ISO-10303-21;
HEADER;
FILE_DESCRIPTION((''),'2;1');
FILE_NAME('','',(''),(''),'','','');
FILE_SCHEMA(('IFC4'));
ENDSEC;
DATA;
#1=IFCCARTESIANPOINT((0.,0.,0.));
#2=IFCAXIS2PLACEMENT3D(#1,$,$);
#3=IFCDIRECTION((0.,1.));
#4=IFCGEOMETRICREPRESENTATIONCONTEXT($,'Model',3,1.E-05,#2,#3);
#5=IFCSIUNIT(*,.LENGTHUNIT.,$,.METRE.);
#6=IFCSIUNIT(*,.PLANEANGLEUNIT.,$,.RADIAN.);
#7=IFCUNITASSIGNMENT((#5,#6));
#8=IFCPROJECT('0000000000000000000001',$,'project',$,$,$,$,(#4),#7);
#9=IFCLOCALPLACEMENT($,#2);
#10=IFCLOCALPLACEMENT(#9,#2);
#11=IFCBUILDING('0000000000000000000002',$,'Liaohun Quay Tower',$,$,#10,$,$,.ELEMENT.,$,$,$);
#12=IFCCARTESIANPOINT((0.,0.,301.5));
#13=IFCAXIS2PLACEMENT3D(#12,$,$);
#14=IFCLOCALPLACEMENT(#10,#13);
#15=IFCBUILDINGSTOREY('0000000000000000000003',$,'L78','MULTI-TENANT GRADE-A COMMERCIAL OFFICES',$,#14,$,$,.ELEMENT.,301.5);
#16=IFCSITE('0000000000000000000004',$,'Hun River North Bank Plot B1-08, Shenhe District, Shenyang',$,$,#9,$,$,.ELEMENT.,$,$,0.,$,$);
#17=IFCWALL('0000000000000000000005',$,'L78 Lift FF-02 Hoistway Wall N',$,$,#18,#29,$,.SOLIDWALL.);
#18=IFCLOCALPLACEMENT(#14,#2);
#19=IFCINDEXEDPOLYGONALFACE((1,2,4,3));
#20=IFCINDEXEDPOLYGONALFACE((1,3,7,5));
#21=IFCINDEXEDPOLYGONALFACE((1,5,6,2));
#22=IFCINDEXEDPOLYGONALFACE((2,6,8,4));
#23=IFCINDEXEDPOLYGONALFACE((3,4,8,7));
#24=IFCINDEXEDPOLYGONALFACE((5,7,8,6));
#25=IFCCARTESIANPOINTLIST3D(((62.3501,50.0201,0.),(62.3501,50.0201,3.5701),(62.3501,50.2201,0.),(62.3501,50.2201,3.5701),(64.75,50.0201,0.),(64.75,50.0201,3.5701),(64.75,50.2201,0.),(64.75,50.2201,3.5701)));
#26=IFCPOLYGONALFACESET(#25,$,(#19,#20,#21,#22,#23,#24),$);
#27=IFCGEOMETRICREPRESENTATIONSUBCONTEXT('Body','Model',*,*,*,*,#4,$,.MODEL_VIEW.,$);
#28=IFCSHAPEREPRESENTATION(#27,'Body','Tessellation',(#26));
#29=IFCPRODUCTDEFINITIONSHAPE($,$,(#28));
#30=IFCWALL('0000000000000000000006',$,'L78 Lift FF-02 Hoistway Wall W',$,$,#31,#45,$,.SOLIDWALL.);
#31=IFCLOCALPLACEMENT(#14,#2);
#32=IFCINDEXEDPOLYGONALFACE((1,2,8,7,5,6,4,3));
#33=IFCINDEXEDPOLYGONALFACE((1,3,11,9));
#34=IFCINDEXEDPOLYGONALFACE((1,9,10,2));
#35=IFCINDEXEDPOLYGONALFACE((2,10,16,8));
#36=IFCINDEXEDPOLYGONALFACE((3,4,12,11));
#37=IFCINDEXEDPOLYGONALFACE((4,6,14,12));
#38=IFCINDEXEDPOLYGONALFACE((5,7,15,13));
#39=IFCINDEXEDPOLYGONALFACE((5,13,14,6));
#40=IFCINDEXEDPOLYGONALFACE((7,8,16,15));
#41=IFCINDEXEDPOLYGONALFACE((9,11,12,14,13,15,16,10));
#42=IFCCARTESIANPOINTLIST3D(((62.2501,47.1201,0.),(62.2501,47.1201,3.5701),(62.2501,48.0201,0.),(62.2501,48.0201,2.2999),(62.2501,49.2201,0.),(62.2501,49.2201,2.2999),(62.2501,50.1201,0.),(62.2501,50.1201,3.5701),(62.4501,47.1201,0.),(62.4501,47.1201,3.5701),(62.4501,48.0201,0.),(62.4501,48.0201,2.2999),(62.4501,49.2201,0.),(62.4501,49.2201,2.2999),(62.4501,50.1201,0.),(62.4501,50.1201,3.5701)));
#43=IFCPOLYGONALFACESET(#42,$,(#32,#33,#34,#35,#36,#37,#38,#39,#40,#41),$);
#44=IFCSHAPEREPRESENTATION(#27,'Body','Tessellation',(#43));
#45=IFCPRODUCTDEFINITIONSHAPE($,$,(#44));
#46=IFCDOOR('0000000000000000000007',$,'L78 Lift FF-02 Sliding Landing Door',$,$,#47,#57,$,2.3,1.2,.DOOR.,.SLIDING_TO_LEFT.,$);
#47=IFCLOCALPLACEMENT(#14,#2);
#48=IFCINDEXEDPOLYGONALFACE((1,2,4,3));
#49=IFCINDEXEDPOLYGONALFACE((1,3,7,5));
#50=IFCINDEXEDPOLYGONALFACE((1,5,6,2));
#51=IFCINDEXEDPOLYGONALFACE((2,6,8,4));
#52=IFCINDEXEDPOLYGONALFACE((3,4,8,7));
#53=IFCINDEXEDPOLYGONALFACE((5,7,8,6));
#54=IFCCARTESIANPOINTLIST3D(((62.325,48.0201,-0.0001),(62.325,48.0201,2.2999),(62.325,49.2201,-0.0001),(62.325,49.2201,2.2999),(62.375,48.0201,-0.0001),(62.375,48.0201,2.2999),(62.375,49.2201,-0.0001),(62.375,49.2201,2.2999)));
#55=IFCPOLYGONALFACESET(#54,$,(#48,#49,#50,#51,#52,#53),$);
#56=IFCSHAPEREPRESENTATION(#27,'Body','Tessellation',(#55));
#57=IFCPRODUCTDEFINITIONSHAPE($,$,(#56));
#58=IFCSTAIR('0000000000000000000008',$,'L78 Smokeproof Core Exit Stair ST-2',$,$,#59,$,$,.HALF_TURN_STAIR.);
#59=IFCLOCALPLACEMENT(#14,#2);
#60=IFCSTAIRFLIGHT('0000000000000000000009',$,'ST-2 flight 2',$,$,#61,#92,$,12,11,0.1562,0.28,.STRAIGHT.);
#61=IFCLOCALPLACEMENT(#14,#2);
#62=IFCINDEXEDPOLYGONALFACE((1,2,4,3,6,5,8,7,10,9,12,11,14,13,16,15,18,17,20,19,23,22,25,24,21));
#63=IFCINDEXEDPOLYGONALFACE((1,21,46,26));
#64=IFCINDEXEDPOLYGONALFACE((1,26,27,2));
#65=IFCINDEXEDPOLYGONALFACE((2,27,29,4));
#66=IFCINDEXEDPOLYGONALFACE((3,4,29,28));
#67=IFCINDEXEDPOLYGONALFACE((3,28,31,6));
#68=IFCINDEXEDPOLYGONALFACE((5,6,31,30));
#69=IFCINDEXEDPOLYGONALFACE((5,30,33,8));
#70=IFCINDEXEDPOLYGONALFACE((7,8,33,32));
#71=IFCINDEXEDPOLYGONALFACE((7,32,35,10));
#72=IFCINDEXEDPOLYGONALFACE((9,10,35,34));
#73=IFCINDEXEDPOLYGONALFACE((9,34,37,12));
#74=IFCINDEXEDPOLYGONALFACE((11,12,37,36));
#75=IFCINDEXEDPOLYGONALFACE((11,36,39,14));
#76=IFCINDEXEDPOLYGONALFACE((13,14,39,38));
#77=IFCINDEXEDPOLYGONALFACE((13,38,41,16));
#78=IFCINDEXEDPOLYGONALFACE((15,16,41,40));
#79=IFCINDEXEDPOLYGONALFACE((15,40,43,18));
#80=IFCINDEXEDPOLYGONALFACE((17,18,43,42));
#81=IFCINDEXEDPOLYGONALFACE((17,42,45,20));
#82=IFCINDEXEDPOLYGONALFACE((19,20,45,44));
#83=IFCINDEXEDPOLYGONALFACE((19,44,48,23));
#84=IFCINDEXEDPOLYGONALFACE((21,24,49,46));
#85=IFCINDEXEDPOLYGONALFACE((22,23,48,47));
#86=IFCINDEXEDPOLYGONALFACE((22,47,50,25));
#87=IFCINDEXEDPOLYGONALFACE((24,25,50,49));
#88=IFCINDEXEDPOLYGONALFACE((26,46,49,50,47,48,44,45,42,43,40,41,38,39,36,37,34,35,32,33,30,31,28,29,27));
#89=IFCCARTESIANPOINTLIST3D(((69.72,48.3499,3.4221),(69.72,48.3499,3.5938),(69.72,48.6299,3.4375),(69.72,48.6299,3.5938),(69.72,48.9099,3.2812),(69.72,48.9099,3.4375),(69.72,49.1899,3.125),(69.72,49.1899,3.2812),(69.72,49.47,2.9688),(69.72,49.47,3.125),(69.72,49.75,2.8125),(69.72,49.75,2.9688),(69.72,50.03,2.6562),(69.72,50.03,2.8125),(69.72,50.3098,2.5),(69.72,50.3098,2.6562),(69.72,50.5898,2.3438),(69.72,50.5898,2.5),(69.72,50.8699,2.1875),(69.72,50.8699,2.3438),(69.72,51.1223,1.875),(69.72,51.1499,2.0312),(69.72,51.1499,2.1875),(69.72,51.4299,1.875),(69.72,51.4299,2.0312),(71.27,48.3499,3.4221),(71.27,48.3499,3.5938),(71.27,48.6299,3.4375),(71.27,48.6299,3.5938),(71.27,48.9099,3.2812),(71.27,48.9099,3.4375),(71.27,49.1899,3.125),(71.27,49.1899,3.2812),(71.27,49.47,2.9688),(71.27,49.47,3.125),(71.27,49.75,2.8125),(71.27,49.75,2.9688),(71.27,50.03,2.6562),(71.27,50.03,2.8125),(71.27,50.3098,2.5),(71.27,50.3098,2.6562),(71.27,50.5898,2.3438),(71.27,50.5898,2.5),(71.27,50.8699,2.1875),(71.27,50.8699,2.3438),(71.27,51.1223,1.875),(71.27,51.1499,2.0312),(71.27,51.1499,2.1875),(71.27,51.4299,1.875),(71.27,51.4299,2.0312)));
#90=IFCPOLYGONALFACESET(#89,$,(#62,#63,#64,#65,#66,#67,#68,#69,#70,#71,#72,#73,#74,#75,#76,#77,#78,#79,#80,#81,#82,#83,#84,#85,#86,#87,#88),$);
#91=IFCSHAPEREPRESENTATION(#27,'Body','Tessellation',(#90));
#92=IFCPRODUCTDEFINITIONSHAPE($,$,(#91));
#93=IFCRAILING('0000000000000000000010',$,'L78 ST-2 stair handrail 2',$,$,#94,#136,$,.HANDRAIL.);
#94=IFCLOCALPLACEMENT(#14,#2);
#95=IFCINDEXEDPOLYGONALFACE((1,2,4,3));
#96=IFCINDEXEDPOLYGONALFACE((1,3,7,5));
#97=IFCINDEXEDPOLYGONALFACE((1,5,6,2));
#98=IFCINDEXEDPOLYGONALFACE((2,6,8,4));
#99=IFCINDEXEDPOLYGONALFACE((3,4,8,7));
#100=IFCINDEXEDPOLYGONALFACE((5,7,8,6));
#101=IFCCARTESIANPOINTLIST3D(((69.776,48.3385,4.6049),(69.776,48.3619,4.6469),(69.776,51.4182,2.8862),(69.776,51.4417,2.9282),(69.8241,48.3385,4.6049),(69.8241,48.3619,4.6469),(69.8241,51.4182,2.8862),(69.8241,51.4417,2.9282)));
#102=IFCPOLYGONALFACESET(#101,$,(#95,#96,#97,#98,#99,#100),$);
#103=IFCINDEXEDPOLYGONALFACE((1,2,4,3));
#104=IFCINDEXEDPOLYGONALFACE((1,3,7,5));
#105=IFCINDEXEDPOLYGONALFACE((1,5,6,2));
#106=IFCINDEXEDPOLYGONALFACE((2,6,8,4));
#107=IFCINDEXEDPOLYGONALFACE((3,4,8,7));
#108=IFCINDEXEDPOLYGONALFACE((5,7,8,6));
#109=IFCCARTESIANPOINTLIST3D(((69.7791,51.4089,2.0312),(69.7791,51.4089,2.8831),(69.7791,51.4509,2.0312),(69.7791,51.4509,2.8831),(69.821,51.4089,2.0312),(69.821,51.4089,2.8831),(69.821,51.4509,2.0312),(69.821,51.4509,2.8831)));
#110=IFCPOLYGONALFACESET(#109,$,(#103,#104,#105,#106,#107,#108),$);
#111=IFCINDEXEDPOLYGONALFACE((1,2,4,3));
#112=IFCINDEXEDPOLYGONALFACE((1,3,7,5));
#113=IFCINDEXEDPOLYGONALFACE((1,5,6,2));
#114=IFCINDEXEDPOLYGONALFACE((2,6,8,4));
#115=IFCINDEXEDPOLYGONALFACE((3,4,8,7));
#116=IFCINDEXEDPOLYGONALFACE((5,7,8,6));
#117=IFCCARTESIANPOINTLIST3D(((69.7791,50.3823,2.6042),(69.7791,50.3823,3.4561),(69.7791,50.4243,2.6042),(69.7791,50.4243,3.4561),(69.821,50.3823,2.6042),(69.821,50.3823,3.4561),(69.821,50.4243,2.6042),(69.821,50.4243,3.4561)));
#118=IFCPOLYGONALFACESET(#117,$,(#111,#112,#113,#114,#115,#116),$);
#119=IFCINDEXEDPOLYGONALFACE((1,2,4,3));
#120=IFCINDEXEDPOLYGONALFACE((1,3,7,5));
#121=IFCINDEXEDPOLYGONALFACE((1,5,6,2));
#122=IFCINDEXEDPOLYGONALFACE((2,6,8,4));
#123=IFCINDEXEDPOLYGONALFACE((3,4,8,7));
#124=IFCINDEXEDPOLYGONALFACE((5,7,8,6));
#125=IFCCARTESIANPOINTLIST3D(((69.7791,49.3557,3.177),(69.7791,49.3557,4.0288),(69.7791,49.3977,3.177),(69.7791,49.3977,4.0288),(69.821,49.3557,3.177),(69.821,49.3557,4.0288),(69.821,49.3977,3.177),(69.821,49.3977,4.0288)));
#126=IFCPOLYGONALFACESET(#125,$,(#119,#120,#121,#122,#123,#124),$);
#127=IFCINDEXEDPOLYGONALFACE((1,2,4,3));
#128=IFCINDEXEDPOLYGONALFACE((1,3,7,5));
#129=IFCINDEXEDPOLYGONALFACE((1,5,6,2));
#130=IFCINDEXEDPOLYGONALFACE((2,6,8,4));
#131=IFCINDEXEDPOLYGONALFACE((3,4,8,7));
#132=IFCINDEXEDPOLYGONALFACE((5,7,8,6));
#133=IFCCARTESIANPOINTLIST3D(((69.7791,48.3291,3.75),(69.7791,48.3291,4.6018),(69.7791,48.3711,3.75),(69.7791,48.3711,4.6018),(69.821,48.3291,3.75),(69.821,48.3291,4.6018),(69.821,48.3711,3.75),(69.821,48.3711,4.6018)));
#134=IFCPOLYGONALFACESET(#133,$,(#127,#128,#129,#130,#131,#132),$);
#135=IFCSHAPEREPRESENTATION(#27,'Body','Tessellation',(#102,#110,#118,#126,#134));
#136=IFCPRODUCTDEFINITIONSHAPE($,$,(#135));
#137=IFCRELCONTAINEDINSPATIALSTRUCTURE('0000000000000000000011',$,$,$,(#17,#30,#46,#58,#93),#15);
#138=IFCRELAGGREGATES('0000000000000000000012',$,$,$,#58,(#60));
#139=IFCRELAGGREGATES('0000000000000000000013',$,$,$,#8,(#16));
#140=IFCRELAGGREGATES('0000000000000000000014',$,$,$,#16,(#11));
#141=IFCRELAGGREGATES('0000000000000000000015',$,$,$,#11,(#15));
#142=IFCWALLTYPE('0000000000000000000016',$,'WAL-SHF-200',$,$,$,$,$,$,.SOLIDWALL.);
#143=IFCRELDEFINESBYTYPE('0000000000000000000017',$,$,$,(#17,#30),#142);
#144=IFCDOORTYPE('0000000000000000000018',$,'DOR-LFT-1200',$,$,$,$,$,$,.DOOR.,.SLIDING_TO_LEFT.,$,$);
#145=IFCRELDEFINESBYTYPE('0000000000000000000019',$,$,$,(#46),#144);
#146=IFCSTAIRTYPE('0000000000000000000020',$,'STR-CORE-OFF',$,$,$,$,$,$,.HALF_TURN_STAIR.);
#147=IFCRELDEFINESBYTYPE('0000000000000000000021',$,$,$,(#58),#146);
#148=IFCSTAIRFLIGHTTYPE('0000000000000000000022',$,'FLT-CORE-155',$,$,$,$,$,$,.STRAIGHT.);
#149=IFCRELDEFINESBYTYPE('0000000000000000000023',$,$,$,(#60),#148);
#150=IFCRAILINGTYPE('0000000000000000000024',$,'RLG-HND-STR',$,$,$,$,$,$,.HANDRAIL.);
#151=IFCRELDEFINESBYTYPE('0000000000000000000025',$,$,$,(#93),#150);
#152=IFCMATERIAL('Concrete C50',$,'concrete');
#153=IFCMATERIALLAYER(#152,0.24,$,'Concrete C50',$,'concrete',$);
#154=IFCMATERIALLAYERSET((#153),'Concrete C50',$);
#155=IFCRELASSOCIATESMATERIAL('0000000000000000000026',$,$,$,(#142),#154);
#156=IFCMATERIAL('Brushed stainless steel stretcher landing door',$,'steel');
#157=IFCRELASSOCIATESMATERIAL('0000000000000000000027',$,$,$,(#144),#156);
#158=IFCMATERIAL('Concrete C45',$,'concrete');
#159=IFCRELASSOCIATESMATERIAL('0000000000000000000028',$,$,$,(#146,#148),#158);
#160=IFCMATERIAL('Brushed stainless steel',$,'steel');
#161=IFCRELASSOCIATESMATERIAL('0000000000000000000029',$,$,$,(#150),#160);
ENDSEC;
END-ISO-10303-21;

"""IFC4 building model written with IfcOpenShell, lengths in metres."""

from ifc_helpers import new_model, si_unit, direction, frame, frame_2d, origin, origin_2d, place, context, subcontext, project, spatial, polyline, rectangle, outline, extrude, source, transform, mapped, material, layer, layer_set, type_object, element, fill, aggregate, save


model = new_model("IFC4")

# Units and contexts
model_context = context("Model", 3, precision=1e-05, world=origin(), true_north=direction((0.0, 1.0)))
body_context = subcontext(model_context, "Body", "Model", "MODEL_VIEW")
ifc_project = project(units=[si_unit("LENGTHUNIT", "METRE"), si_unit("PLANEANGLEUNIT", "RADIAN")], contexts=[model_context])

# Site, building, storey
site_placement = place(None, origin())
site = spatial("IfcSite", under=ifc_project, at=site_placement, Name="Hun River North Bank Plot B1-08, Shenhe District, Shenyang", CompositionType="ELEMENT", RefElevation=0.0)
building_placement = place(site_placement, origin())
building = spatial("IfcBuilding", under=site, at=building_placement, Name="Liaohun Quay Tower", CompositionType="ELEMENT")
storey_placement = place(building_placement, frame((0.0, 0.0, 301.5)))
storey = spatial("IfcBuildingStorey", under=building, at=storey_placement, Name="L78", Description="MULTI-TENANT GRADE-A COMMERCIAL OFFICES", CompositionType="ELEMENT", Elevation=301.5)

# Wall
ifc_material_1 = material(Name="Concrete C50", Category="concrete")
ifc_layer_1 = layer(ifc_material_1, 0.24, Name="Concrete C50", Category="concrete")
ifc_layer_set_1 = layer_set([ifc_layer_1], Name="Concrete C50")
wall_type_1 = type_object("IfcWallType", Name="WAL-SHF-200", PredefinedType="SOLIDWALL", material=ifc_layer_set_1)
wall_1_placement = place(storey_placement, frame((64.75, 50.1201, 0.0), z_axis=(0.0, 0.0, 1.0), x_axis=(-1.0, 0.0, 0.0)))
element("IfcWall", 1, at=wall_1_placement, inside=storey, type_object=wall_type_1, Name="L78 Lift FF-02 Hoistway Wall N", PredefinedType="SOLIDWALL", context=body_context, shape_type="SweptSolid", body=[
    extrude(rectangle(XDim=2.3999, YDim=0.2, at=frame_2d((1.2, 0.0))), origin(), (0.0, 0.0, 1.0), 3.5701),
])

# Wall, opening, door
wall_2_placement = place(storey_placement, frame((62.3501, 50.1201, 0.0), z_axis=(0.0, 0.0, 1.0), x_axis=(0.0, -1.0, 0.0)))
wall_2 = element("IfcWall", 2, at=wall_2_placement, inside=storey, type_object=wall_type_1, Name="L78 Lift FF-02 Hoistway Wall W", PredefinedType="SOLIDWALL", context=body_context, shape_type="SweptSolid", body=[
    extrude(rectangle(XDim=3.0, YDim=0.2, at=frame_2d((1.5, 0.0))), origin(), (0.0, 0.0, 1.0), 3.5701),
])
shared_shape_1 = source(origin(), body_context, "Body", "SweptSolid", [
    extrude(rectangle(XDim=1.2, YDim=2.3, at=frame_2d((0.6001, 1.1499))), frame((0.0, 0.1099, 0.0), z_axis=(0.0, -1.0, 0.0), x_axis=(1.0, 0.0, 0.0)), (0.0, 0.0, 1.0), 0.22),
])
opening_1_placement = place(wall_2_placement, frame((0.8999, 0.0, 0.0)))
opening_1 = element("IfcOpeningElement", 3, at=opening_1_placement, cuts=wall_2, PredefinedType="OPENING", context=body_context, shape_type="MappedRepresentation", body=[
    mapped(shared_shape_1, transform((0.0, 0.0, 0.0), x_axis=(1.0, 0.0, 0.0), y_axis=(0.0, 1.0, 0.0), z_axis=(0.0, 0.0, 1.0), scale=1.0)),
])
ifc_material_2 = material(Name="Brushed stainless steel stretcher landing door", Category="steel")
door_type_1 = type_object("IfcDoorType", Name="DOR-LFT-1200", OperationType="SLIDING_TO_LEFT", PredefinedType="DOOR", material=ifc_material_2)
shared_shape_2 = source(origin(), body_context, "Body", "SweptSolid", [
    extrude(rectangle(XDim=1.2, YDim=2.3, at=frame_2d((0.6001, 1.1499))), frame((0.0, 0.0249, 0.0), z_axis=(0.0, -1.0, 0.0), x_axis=(1.0, 0.0, 0.0)), (0.0, 0.0, 1.0), 0.05),
])
door_1_placement = place(opening_1_placement, origin())
door_1 = element("IfcDoor", 4, at=door_1_placement, inside=storey, type_object=door_type_1, Name="L78 Lift FF-02 Sliding Landing Door", OperationType="SLIDING_TO_LEFT", OverallHeight=2.3, OverallWidth=1.2, PredefinedType="DOOR", context=body_context, shape_type="MappedRepresentation", body=[
    mapped(shared_shape_2, transform((0.0, 0.0, 0.0), x_axis=(1.0, 0.0, 0.0), y_axis=(0.0, 1.0, 0.0), z_axis=(0.0, 0.0, 1.0), scale=1.0)),
])
fill(opening_1, door_1)

# Stair, stair flight
ifc_material_3 = material(Name="Concrete C45", Category="concrete")
stair_type = type_object("IfcStairType", Name="STR-CORE-OFF", PredefinedType="HALF_TURN_STAIR", material=ifc_material_3)
stair_placement = place(storey_placement, origin())
stair = element("IfcStair", 5, at=stair_placement, inside=storey, type_object=stair_type, Name="L78 Smokeproof Core Exit Stair ST-2", PredefinedType="HALF_TURN_STAIR")
stair_flight_type = type_object("IfcStairFlightType", Name="FLT-CORE-155", PredefinedType="STRAIGHT", material=ifc_material_3)
stair_flight_placement = place(storey_placement, frame((70.4951, 51.4299, 1.875), z_axis=(0.0, 0.0, 1.0), x_axis=(0.0, -1.0, 0.0)))
stair_flight = element("IfcStairFlight", 6, at=stair_flight_placement, type_object=stair_flight_type, Name="ST-2 flight 2", NumberOfRisers=12, NumberOfTreads=11, PredefinedType="STRAIGHT", RiserHeight=0.1562, TreadLength=0.28, context=body_context, shape_type="SweptSolid", body=[
    extrude(outline(polyline([(0.0, 0.0), (0.0, 0.1562), (0.28, 0.1562), (0.28, 0.3125), (0.5601, 0.3125), (0.5601, 0.4688), (0.8401, 0.4688), (0.8401, 0.625), (1.1201, 0.625), (1.1201, 0.7812), (1.3999, 0.7812), (1.3999, 0.9375), (1.6799, 0.9375), (1.6799, 1.0938), (1.96, 1.0938), (1.96, 1.25), (2.24, 1.25), (2.24, 1.4062), (2.52, 1.4062), (2.52, 1.5625), (2.8, 1.5625), (2.8, 1.7188), (3.0801, 1.7188), (3.0801, 1.875), (3.0801, 1.5471), (0.3076, 0.0), (0.0, 0.0)])), frame((0.0, 0.7749, 0.0), z_axis=(0.0, -1.0, 0.0), x_axis=(1.0, 0.0, 0.0)), (0.0, 0.0, 1.0), 1.55),
])
aggregate(stair, [stair_flight])

# Railing
ifc_material_4 = material(Name="Brushed stainless steel", Category="steel")
railing_type = type_object("IfcRailingType", Name="RLG-HND-STR", PredefinedType="HANDRAIL", material=ifc_material_4)
railing_placement = place(storey_placement, frame((69.8, 51.4299, 2.0312)))
element("IfcRailing", 7, at=railing_placement, inside=storey, type_object=railing_type, Name="L78 ST-2 stair handrail 2", PredefinedType="HANDRAIL", context=body_context, shape_type="SweptSolid", body=[
    extrude(rectangle(XDim=0.0481, YDim=0.0481, at=origin_2d()), frame((0.0, 0.0, 0.876), z_axis=(0.0, -0.873225, 0.487317), x_axis=(1.0, 0.0, 0.0)), (0.0, 0.0, 1.0), 3.5269),
    extrude(rectangle(XDim=0.042, YDim=0.042, at=origin_2d()), origin(), (0.0, 0.0, 1.0), 0.8518),
    extrude(rectangle(XDim=0.042, YDim=0.042, at=origin_2d()), frame((0.0, -1.0266, 0.573)), (0.0, 0.0, 1.0), 0.8518),
    extrude(rectangle(XDim=0.042, YDim=0.042, at=origin_2d()), frame((0.0, -2.0532, 1.1458)), (0.0, 0.0, 1.0), 0.8518),
    extrude(rectangle(XDim=0.042, YDim=0.042, at=origin_2d()), frame((0.0, -3.0798, 1.7188)), (0.0, 0.0, 1.0), 0.8518),
])

save(model, "model.ifc")
